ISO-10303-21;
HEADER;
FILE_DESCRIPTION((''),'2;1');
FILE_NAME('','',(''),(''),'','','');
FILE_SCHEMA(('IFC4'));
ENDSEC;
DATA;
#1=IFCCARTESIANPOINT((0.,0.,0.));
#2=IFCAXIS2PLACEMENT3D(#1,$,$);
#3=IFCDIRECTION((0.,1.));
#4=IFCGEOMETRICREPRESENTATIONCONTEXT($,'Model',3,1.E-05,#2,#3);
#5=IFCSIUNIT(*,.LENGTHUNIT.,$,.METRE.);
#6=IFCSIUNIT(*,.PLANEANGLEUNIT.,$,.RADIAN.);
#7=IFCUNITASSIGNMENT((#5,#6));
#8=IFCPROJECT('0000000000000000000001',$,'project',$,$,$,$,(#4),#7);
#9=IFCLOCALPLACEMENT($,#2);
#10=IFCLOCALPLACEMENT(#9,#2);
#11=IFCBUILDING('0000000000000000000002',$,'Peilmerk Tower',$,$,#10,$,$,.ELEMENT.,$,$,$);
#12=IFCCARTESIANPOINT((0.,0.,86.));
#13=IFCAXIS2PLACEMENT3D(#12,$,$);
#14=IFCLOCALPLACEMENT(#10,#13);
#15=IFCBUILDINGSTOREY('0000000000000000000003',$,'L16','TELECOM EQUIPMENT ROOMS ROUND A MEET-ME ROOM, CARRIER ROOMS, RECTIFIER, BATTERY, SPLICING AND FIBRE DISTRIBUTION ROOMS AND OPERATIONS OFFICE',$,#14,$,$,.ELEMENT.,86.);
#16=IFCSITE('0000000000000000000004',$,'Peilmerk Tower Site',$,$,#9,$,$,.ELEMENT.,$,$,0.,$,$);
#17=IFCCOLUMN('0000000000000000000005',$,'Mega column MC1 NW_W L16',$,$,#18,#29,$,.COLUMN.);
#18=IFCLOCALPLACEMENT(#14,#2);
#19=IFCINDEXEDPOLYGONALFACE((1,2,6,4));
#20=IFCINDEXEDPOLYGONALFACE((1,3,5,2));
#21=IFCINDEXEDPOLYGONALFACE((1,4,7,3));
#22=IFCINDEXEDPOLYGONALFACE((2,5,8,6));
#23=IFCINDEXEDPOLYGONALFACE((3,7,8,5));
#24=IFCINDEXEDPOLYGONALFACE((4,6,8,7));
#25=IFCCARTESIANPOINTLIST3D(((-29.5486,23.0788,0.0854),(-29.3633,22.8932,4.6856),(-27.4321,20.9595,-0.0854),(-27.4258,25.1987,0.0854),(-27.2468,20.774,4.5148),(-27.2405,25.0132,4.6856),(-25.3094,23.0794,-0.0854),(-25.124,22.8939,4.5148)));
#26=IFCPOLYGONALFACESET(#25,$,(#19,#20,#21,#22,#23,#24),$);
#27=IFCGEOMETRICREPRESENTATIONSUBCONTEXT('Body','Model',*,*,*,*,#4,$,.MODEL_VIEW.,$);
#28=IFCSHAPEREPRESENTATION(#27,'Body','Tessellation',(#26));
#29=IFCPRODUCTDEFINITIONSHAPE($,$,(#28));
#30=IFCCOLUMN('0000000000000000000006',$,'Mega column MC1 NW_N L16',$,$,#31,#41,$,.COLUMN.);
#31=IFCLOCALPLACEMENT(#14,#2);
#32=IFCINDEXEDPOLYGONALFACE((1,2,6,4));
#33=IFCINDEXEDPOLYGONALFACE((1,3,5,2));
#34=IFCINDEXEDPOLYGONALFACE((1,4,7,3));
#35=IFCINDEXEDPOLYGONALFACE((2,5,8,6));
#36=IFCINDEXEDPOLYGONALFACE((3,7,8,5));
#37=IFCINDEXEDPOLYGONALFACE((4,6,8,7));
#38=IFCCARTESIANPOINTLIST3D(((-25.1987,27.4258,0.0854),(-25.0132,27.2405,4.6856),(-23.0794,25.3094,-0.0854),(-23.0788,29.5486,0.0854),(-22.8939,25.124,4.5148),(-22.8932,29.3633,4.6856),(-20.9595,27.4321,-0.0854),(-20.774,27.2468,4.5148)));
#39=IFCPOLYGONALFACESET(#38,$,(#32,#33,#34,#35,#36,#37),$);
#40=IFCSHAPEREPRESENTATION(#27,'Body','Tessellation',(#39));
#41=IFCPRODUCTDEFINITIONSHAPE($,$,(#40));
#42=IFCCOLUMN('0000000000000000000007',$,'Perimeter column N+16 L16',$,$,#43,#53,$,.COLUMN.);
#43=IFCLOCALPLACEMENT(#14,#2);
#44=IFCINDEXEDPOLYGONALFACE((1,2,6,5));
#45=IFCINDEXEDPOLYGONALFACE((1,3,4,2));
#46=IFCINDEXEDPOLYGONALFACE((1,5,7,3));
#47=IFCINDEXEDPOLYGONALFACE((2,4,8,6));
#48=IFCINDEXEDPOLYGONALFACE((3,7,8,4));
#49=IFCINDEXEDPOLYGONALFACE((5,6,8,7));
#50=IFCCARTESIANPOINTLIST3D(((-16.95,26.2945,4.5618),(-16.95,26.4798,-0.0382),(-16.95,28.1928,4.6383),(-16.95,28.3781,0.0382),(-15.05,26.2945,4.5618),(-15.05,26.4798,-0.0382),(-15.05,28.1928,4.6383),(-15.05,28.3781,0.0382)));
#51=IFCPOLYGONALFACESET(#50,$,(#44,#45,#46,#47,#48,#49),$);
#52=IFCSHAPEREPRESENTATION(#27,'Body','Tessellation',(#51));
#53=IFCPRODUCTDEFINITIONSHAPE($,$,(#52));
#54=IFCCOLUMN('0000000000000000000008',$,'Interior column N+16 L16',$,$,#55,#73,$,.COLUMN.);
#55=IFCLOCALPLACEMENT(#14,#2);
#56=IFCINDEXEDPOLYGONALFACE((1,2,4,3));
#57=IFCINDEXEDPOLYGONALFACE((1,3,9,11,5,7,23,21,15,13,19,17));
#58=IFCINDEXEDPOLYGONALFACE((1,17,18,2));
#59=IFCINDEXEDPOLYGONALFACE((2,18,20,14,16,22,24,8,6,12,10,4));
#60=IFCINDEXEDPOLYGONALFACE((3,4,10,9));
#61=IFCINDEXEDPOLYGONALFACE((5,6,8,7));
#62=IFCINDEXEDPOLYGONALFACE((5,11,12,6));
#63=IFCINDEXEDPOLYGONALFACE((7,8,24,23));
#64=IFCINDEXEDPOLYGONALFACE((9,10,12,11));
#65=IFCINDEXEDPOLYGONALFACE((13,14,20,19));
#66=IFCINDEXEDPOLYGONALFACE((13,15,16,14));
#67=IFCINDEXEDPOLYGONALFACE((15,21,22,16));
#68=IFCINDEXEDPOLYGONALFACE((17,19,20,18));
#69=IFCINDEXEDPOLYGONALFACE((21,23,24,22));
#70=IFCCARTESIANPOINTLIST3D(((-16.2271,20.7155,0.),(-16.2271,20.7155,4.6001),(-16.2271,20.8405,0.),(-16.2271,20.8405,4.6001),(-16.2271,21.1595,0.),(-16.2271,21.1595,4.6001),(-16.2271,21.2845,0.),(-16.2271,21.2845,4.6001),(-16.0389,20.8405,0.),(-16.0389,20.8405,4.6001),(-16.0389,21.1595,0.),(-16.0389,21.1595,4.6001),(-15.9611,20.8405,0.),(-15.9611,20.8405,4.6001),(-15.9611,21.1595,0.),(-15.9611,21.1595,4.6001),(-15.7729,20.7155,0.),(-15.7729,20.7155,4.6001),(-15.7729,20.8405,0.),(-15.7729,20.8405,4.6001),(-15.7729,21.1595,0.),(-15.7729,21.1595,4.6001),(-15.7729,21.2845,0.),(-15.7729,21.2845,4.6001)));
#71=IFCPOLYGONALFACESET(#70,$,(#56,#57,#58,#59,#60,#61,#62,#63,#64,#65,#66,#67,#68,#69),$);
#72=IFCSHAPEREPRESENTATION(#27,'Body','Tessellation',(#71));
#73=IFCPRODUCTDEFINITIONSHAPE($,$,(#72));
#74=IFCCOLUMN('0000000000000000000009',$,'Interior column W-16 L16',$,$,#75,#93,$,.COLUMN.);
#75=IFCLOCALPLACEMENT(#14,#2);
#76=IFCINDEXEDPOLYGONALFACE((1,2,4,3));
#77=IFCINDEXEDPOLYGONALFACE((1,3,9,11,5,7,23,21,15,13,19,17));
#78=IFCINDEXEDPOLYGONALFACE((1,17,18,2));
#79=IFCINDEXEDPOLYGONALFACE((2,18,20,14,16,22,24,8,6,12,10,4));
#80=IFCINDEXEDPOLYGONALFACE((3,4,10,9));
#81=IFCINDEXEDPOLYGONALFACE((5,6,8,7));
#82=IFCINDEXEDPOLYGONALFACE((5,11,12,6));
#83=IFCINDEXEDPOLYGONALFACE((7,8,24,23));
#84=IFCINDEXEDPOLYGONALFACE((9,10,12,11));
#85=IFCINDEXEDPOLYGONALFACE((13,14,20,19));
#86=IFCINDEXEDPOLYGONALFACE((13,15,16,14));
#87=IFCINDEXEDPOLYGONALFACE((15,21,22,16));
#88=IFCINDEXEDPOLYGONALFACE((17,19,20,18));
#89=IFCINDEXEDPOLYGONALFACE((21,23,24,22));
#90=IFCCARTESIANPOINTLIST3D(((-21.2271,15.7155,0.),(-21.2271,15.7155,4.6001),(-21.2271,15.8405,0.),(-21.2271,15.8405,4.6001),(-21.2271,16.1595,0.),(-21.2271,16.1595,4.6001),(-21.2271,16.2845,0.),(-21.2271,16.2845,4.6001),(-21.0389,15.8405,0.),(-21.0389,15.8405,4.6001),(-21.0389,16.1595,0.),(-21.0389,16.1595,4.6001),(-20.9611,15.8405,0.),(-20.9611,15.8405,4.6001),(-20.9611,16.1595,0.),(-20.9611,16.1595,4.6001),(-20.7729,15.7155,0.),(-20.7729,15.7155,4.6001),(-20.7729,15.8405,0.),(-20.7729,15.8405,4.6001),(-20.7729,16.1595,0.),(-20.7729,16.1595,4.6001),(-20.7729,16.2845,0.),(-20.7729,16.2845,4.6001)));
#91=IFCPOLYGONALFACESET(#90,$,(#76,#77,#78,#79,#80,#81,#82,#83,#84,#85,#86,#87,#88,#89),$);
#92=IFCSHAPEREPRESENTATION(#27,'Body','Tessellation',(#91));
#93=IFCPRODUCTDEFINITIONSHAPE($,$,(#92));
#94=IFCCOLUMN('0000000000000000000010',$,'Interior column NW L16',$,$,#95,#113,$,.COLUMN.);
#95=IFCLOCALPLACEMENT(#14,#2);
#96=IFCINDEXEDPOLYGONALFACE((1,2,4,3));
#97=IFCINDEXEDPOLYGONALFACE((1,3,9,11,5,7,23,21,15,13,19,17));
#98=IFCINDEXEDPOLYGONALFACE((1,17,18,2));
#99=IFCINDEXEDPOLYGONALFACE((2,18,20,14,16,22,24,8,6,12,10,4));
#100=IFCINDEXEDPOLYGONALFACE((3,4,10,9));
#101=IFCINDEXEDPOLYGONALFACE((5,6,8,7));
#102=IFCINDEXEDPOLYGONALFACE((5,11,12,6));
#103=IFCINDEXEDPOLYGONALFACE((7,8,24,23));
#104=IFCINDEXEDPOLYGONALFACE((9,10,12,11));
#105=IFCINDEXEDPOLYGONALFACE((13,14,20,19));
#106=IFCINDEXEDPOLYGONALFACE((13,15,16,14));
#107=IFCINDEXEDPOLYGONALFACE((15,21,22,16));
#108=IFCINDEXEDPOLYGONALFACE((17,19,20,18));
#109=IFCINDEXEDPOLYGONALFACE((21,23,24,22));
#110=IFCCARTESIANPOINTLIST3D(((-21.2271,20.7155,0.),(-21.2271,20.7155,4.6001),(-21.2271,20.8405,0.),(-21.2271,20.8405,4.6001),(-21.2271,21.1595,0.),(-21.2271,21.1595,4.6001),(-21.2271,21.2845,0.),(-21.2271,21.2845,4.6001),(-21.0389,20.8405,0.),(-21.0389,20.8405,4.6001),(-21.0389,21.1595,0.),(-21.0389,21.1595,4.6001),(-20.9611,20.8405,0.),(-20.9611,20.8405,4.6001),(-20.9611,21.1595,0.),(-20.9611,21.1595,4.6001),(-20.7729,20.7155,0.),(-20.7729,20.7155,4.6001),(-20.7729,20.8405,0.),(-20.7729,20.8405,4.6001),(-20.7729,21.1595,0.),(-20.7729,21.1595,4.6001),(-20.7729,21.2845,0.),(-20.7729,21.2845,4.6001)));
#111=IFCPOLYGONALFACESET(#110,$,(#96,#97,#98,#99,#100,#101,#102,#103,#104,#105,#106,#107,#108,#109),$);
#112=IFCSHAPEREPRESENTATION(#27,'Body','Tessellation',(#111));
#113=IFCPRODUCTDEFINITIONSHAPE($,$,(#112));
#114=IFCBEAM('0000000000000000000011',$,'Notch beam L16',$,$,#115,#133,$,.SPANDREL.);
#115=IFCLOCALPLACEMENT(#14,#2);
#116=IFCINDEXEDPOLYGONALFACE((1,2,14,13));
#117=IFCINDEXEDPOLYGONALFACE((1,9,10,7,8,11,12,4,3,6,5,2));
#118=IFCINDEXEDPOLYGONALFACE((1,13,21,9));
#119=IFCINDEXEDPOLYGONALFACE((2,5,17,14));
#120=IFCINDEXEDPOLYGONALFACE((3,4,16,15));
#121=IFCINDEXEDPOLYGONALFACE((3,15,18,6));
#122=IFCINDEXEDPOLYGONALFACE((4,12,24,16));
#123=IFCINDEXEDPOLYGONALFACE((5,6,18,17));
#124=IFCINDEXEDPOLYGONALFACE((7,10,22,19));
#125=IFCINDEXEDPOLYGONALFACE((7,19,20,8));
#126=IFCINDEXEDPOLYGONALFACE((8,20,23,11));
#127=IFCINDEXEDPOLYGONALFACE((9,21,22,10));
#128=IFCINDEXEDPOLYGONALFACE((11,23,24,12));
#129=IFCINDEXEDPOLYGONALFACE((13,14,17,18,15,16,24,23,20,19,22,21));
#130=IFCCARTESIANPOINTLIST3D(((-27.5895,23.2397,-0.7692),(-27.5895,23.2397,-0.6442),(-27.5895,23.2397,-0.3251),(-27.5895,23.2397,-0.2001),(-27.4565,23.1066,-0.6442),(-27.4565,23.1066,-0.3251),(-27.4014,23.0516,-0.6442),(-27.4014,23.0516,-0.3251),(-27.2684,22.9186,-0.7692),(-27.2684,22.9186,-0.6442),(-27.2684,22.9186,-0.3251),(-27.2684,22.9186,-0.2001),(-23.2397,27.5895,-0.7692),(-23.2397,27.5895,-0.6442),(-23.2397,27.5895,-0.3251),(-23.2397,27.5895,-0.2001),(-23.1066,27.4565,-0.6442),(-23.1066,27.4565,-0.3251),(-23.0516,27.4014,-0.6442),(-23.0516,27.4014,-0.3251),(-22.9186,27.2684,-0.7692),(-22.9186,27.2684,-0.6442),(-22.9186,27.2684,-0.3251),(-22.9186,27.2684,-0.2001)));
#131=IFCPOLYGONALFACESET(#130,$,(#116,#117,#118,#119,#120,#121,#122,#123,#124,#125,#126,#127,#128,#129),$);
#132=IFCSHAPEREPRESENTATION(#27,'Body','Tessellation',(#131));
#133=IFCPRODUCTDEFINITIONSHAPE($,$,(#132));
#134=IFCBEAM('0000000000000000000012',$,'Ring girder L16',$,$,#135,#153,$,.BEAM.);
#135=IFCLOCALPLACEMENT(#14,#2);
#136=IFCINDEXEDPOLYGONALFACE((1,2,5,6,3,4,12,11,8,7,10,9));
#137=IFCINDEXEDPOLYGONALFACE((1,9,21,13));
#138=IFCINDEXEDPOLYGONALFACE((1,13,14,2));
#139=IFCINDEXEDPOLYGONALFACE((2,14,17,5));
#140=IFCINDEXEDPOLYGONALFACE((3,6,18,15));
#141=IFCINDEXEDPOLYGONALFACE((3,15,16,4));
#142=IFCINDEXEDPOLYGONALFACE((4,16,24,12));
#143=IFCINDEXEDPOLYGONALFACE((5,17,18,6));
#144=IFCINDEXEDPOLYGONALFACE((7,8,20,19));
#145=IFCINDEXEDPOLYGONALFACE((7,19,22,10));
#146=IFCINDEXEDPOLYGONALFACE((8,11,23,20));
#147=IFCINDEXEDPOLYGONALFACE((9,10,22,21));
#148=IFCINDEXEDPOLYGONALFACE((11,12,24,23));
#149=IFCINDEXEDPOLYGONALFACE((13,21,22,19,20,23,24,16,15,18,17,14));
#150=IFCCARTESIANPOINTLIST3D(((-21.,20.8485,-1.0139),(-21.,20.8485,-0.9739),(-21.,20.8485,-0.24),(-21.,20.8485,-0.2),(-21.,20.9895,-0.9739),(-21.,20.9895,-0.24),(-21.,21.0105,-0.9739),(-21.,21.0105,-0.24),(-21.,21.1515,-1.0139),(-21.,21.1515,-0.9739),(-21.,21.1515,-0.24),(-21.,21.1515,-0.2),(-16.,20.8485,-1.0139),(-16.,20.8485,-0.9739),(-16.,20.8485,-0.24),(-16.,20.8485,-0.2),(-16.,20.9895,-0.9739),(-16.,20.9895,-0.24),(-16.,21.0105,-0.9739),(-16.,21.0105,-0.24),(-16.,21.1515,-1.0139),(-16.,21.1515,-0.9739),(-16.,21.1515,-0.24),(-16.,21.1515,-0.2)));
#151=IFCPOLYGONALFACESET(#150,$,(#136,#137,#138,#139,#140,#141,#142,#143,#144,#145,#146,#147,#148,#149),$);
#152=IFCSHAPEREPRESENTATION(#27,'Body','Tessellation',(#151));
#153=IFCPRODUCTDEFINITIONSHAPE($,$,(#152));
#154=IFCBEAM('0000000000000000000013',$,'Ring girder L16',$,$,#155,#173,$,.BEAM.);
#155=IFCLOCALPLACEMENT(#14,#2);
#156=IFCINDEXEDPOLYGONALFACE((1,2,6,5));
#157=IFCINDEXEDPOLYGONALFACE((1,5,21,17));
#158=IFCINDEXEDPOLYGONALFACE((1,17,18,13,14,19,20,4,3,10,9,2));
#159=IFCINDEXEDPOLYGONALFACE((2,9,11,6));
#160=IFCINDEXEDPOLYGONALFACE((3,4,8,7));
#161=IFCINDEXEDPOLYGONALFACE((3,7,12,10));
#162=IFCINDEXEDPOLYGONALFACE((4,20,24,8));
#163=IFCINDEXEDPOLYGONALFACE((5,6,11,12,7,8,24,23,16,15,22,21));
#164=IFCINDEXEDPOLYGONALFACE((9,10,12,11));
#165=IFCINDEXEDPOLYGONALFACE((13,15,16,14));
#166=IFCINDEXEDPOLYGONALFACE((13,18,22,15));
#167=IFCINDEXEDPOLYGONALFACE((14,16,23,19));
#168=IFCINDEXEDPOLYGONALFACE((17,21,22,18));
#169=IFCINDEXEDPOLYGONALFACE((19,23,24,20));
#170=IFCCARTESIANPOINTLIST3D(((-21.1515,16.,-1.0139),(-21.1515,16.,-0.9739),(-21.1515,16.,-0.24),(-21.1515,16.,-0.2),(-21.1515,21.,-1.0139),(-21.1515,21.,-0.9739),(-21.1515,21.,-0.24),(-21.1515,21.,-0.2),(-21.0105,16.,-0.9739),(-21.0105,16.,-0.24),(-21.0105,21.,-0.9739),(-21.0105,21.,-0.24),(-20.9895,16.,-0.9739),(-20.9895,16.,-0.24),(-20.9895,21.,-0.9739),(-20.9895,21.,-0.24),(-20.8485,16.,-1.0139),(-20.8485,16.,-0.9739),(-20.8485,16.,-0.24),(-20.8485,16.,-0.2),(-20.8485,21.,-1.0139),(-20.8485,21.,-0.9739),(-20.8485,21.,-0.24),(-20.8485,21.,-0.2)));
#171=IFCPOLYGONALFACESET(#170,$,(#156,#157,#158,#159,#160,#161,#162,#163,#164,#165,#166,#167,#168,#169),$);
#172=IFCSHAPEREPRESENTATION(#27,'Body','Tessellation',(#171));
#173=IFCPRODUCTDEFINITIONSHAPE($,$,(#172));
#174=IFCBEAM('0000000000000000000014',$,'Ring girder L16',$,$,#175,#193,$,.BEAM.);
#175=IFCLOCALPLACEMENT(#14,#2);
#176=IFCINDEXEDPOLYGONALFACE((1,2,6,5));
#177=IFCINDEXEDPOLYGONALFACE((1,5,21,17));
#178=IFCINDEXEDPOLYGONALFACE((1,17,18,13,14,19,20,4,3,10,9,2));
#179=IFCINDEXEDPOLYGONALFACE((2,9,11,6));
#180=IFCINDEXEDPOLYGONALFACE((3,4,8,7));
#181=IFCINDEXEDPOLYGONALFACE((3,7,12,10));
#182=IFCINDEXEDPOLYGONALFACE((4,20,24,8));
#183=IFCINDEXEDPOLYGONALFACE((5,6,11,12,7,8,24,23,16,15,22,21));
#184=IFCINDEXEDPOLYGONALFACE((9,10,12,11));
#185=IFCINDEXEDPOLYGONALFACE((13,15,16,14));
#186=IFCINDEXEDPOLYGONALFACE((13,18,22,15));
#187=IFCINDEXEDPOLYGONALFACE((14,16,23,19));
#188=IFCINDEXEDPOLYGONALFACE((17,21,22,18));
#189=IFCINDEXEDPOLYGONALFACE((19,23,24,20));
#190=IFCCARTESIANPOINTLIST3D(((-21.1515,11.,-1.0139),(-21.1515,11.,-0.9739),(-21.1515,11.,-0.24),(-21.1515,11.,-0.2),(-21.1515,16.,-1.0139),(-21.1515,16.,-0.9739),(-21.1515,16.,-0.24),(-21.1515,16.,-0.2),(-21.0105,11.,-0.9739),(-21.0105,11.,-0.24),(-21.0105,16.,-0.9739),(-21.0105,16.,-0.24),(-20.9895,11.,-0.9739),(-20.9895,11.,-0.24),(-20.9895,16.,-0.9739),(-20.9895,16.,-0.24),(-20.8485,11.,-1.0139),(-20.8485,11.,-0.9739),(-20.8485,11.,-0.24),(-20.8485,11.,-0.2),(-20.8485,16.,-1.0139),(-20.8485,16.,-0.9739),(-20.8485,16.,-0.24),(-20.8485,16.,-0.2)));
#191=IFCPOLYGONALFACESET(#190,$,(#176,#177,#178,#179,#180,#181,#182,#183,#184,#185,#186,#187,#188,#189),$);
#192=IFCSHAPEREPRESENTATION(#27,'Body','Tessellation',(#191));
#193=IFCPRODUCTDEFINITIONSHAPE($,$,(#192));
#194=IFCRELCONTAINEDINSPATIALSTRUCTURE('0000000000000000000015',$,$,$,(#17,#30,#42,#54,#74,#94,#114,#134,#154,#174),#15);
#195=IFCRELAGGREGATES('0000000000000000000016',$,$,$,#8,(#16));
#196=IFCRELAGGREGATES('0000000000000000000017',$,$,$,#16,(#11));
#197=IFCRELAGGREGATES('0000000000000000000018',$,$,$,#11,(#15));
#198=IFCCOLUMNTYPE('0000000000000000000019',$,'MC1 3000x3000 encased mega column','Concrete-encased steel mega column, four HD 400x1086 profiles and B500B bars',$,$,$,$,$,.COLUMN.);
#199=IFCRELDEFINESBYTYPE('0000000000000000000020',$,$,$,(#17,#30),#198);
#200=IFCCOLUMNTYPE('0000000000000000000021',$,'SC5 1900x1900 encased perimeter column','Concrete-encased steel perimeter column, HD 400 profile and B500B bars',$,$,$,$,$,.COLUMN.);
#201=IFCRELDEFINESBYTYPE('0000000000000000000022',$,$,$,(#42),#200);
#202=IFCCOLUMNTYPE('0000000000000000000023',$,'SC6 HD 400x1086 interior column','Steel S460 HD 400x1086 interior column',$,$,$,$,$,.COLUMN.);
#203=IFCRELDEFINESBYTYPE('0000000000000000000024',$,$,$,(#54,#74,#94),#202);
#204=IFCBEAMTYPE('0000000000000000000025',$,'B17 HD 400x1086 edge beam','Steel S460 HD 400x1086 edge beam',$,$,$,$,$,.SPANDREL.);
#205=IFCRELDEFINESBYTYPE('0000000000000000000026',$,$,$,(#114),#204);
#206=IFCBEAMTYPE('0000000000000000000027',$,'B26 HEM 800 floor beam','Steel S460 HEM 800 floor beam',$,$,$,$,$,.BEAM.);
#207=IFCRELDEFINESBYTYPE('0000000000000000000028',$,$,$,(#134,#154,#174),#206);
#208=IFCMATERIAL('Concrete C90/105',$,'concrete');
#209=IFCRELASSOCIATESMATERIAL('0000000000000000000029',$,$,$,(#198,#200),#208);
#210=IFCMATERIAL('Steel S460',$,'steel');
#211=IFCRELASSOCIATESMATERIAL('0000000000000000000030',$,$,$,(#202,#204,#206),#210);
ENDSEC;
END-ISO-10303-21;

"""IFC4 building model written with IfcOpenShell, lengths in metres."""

from ifc_helpers import new_model, si_unit, direction, frame, origin, origin_2d, place, context, subcontext, project, spatial, rectangle, i_section, extrude, material, material_profile, profile_set, type_object, element, save


model = new_model("IFC4")

# Units and contexts
model_context = context("Model", 3, precision=1e-05, world=origin(), true_north=direction((0.0, 1.0)))
body_context = subcontext(model_context, "Body", "Model", "MODEL_VIEW")
ifc_project = project(units=[si_unit("LENGTHUNIT", "METRE"), si_unit("PLANEANGLEUNIT", "RADIAN")], contexts=[model_context])

# Site, building, storey
site_placement = place(None, origin())
site = spatial("IfcSite", under=ifc_project, at=site_placement, Name="Peilmerk Tower Site", CompositionType="ELEMENT", RefElevation=0.0)
building_placement = place(site_placement, origin())
building = spatial("IfcBuilding", under=site, at=building_placement, Name="Peilmerk Tower", CompositionType="ELEMENT")
storey_placement = place(building_placement, frame((0.0, 0.0, 86.0)))
storey = spatial("IfcBuildingStorey", under=building, at=storey_placement, Name="L16", Description="TELECOM EQUIPMENT ROOMS ROUND A MEET-ME ROOM, CARRIER ROOMS, RECTIFIER, BATTERY, SPLICING AND FIBRE DISTRIBUTION ROOMS AND OPERATIONS OFFICE", CompositionType="ELEMENT", Elevation=86.0)

# Columns
ifc_material_1 = material(Name="Concrete C90/105", Category="concrete")
ifc_material_profile_1 = material_profile(ifc_material_1, rectangle(XDim=3.0, YDim=3.0, at=origin_2d()), Name="RC 3000x3000")
ifc_profile_set_1 = profile_set([ifc_material_profile_1], Name="Concrete C90/105")
column_type_1 = type_object("IfcColumnType", Name="MC1 3000x3000 encased mega column", Description="Concrete-encased steel mega column, four HD 400x1086 profiles and B500B bars", PredefinedType="COLUMN", material=ifc_profile_set_1)
for number, where, z_axis, x_axis, name in (
    (1, (-27.429, 23.0791, 0.0), (0.040217, -0.04027, 0.998379), (0.707572, 0.706641, 0.0), "Mega column MC1 NW_W L16"),
    (2, (-23.0791, 27.429, 0.0), (0.04027, -0.040217, 0.998379), (0.706641, 0.707572, 0.0), "Mega column MC1 NW_N L16"),
):
    element("IfcColumn", number, at=place(storey_placement, frame(where, z_axis=z_axis, x_axis=x_axis)), inside=storey, type_object=column_type_1, Name=name, PredefinedType="COLUMN", context=body_context, shape_type="SweptSolid", body=[
        extrude(rectangle(XDim=3.0, YDim=3.0, at=origin_2d()), origin(), (0.0, 0.0, 1.0), 4.6077),
    ])
ifc_material_profile_2 = material_profile(ifc_material_1, rectangle(XDim=1.8999, YDim=1.8999, at=origin_2d()), Name="RC 1900x1900")
ifc_profile_set_2 = profile_set([ifc_material_profile_2], Name="Concrete C90/105")
column_type_2 = type_object("IfcColumnType", Name="SC5 1900x1900 encased perimeter column", Description="Concrete-encased steel perimeter column, HD 400 profile and B500B bars", PredefinedType="COLUMN", material=ifc_profile_set_2)
column_placement = place(storey_placement, frame((-16.0, 27.429, 0.0), z_axis=(0.0, -0.04025, 0.99919), x_axis=(1.0, 0.0, 0.0)))
element("IfcColumn", 3, at=column_placement, inside=storey, type_object=column_type_2, Name="Perimeter column N+16 L16", PredefinedType="COLUMN", context=body_context, shape_type="SweptSolid", body=[
    extrude(rectangle(XDim=1.8999, YDim=1.8999, at=origin_2d()), origin(), (0.0, 0.0, 1.0), 4.6038),
])
ifc_material_2 = material(Name="Steel S460", Category="steel")
ifc_material_profile_3 = material_profile(ifc_material_2, i_section(OverallWidth=0.4541, OverallDepth=0.5691, WebThickness=0.0779, FlangeThickness=0.125, at=origin_2d()), Name="HD 400x1086")
ifc_profile_set_3 = profile_set([ifc_material_profile_3], Name="Steel S460")
column_type_3 = type_object("IfcColumnType", Name="SC6 HD 400x1086 interior column", Description="Steel S460 HD 400x1086 interior column", PredefinedType="COLUMN", material=ifc_profile_set_3)
for number, where, z_axis, x_axis, name in (
    (4, (-16.0, 21.0, 0.0), (0.0, 0.0, 1.0), (1.0, 0.0, 0.0), "Interior column N+16 L16"),
    (5, (-21.0, 16.0, 0.0), (0.0, 0.0, 1.0), (1.0, 0.0, 0.0), "Interior column W-16 L16"),
    (6, (-21.0, 21.0, 0.0), (0.0, 0.0, 1.0), (1.0, 0.0, 0.0), "Interior column NW L16"),
):
    element("IfcColumn", number, at=place(storey_placement, frame(where, z_axis=z_axis, x_axis=x_axis)), inside=storey, type_object=column_type_3, Name=name, PredefinedType="COLUMN", context=body_context, shape_type="SweptSolid", body=[
        extrude(i_section(OverallWidth=0.4541, OverallDepth=0.5691, WebThickness=0.0779, FlangeThickness=0.125, at=origin_2d()), origin(), (0.0, 0.0, 1.0), 4.6001),
    ])

# Beams
ifc_material_profile_4 = material_profile(ifc_material_2, i_section(OverallWidth=0.4541, OverallDepth=0.5691, WebThickness=0.0779, FlangeThickness=0.125, at=origin_2d()), Name="HD 400x1086")
ifc_profile_set_4 = profile_set([ifc_material_profile_4], Name="Steel S460")
beam_type_1 = type_object("IfcBeamType", Name="B17 HD 400x1086 edge beam", Description="Steel S460 HD 400x1086 edge beam", PredefinedType="SPANDREL", material=ifc_profile_set_4)
beam_1_placement = place(storey_placement, frame((-27.429, 23.0791, -0.4846), z_axis=(0.707107, 0.707107, 0.0), x_axis=(-0.707107, 0.707107, 0.0)))
element("IfcBeam", 7, at=beam_1_placement, inside=storey, type_object=beam_type_1, Name="Notch beam L16", PredefinedType="SPANDREL", context=body_context, shape_type="SweptSolid", body=[
    extrude(i_section(OverallWidth=0.4541, OverallDepth=0.5691, WebThickness=0.0779, FlangeThickness=0.125, at=origin_2d()), origin(), (0.0, 0.0, 1.0), 6.1516),
])
ifc_material_profile_5 = material_profile(ifc_material_2, i_section(OverallWidth=0.303, OverallDepth=0.814, WebThickness=0.021, FlangeThickness=0.04, at=origin_2d()), Name="HEM 800")
ifc_profile_set_5 = profile_set([ifc_material_profile_5], Name="Steel S460")
beam_type_2 = type_object("IfcBeamType", Name="B26 HEM 800 floor beam", Description="Steel S460 HEM 800 floor beam", PredefinedType="BEAM", material=ifc_profile_set_5)
for number, where, z_axis, x_axis, name in (
    (8, (-16.0, 21.0, -0.6069), (-1.0, 0.0, 0.0), (0.0, -1.0, 0.0), "Ring girder L16"),
    (9, (-21.0, 21.0, -0.6069), (0.0, -1.0, 0.0), (1.0, 0.0, 0.0), "Ring girder L16"),
    (10, (-21.0, 16.0, -0.6069), (0.0, -1.0, 0.0), (1.0, 0.0, 0.0), "Ring girder L16"),
):
    element("IfcBeam", number, at=place(storey_placement, frame(where, z_axis=z_axis, x_axis=x_axis)), inside=storey, type_object=beam_type_2, Name=name, PredefinedType="BEAM", context=body_context, shape_type="SweptSolid", body=[
        extrude(i_section(OverallWidth=0.303, OverallDepth=0.814, WebThickness=0.021, FlangeThickness=0.04, at=origin_2d()), origin(), (0.0, 0.0, 1.0), 5.0),
    ])

save(model, "model.ifc")
